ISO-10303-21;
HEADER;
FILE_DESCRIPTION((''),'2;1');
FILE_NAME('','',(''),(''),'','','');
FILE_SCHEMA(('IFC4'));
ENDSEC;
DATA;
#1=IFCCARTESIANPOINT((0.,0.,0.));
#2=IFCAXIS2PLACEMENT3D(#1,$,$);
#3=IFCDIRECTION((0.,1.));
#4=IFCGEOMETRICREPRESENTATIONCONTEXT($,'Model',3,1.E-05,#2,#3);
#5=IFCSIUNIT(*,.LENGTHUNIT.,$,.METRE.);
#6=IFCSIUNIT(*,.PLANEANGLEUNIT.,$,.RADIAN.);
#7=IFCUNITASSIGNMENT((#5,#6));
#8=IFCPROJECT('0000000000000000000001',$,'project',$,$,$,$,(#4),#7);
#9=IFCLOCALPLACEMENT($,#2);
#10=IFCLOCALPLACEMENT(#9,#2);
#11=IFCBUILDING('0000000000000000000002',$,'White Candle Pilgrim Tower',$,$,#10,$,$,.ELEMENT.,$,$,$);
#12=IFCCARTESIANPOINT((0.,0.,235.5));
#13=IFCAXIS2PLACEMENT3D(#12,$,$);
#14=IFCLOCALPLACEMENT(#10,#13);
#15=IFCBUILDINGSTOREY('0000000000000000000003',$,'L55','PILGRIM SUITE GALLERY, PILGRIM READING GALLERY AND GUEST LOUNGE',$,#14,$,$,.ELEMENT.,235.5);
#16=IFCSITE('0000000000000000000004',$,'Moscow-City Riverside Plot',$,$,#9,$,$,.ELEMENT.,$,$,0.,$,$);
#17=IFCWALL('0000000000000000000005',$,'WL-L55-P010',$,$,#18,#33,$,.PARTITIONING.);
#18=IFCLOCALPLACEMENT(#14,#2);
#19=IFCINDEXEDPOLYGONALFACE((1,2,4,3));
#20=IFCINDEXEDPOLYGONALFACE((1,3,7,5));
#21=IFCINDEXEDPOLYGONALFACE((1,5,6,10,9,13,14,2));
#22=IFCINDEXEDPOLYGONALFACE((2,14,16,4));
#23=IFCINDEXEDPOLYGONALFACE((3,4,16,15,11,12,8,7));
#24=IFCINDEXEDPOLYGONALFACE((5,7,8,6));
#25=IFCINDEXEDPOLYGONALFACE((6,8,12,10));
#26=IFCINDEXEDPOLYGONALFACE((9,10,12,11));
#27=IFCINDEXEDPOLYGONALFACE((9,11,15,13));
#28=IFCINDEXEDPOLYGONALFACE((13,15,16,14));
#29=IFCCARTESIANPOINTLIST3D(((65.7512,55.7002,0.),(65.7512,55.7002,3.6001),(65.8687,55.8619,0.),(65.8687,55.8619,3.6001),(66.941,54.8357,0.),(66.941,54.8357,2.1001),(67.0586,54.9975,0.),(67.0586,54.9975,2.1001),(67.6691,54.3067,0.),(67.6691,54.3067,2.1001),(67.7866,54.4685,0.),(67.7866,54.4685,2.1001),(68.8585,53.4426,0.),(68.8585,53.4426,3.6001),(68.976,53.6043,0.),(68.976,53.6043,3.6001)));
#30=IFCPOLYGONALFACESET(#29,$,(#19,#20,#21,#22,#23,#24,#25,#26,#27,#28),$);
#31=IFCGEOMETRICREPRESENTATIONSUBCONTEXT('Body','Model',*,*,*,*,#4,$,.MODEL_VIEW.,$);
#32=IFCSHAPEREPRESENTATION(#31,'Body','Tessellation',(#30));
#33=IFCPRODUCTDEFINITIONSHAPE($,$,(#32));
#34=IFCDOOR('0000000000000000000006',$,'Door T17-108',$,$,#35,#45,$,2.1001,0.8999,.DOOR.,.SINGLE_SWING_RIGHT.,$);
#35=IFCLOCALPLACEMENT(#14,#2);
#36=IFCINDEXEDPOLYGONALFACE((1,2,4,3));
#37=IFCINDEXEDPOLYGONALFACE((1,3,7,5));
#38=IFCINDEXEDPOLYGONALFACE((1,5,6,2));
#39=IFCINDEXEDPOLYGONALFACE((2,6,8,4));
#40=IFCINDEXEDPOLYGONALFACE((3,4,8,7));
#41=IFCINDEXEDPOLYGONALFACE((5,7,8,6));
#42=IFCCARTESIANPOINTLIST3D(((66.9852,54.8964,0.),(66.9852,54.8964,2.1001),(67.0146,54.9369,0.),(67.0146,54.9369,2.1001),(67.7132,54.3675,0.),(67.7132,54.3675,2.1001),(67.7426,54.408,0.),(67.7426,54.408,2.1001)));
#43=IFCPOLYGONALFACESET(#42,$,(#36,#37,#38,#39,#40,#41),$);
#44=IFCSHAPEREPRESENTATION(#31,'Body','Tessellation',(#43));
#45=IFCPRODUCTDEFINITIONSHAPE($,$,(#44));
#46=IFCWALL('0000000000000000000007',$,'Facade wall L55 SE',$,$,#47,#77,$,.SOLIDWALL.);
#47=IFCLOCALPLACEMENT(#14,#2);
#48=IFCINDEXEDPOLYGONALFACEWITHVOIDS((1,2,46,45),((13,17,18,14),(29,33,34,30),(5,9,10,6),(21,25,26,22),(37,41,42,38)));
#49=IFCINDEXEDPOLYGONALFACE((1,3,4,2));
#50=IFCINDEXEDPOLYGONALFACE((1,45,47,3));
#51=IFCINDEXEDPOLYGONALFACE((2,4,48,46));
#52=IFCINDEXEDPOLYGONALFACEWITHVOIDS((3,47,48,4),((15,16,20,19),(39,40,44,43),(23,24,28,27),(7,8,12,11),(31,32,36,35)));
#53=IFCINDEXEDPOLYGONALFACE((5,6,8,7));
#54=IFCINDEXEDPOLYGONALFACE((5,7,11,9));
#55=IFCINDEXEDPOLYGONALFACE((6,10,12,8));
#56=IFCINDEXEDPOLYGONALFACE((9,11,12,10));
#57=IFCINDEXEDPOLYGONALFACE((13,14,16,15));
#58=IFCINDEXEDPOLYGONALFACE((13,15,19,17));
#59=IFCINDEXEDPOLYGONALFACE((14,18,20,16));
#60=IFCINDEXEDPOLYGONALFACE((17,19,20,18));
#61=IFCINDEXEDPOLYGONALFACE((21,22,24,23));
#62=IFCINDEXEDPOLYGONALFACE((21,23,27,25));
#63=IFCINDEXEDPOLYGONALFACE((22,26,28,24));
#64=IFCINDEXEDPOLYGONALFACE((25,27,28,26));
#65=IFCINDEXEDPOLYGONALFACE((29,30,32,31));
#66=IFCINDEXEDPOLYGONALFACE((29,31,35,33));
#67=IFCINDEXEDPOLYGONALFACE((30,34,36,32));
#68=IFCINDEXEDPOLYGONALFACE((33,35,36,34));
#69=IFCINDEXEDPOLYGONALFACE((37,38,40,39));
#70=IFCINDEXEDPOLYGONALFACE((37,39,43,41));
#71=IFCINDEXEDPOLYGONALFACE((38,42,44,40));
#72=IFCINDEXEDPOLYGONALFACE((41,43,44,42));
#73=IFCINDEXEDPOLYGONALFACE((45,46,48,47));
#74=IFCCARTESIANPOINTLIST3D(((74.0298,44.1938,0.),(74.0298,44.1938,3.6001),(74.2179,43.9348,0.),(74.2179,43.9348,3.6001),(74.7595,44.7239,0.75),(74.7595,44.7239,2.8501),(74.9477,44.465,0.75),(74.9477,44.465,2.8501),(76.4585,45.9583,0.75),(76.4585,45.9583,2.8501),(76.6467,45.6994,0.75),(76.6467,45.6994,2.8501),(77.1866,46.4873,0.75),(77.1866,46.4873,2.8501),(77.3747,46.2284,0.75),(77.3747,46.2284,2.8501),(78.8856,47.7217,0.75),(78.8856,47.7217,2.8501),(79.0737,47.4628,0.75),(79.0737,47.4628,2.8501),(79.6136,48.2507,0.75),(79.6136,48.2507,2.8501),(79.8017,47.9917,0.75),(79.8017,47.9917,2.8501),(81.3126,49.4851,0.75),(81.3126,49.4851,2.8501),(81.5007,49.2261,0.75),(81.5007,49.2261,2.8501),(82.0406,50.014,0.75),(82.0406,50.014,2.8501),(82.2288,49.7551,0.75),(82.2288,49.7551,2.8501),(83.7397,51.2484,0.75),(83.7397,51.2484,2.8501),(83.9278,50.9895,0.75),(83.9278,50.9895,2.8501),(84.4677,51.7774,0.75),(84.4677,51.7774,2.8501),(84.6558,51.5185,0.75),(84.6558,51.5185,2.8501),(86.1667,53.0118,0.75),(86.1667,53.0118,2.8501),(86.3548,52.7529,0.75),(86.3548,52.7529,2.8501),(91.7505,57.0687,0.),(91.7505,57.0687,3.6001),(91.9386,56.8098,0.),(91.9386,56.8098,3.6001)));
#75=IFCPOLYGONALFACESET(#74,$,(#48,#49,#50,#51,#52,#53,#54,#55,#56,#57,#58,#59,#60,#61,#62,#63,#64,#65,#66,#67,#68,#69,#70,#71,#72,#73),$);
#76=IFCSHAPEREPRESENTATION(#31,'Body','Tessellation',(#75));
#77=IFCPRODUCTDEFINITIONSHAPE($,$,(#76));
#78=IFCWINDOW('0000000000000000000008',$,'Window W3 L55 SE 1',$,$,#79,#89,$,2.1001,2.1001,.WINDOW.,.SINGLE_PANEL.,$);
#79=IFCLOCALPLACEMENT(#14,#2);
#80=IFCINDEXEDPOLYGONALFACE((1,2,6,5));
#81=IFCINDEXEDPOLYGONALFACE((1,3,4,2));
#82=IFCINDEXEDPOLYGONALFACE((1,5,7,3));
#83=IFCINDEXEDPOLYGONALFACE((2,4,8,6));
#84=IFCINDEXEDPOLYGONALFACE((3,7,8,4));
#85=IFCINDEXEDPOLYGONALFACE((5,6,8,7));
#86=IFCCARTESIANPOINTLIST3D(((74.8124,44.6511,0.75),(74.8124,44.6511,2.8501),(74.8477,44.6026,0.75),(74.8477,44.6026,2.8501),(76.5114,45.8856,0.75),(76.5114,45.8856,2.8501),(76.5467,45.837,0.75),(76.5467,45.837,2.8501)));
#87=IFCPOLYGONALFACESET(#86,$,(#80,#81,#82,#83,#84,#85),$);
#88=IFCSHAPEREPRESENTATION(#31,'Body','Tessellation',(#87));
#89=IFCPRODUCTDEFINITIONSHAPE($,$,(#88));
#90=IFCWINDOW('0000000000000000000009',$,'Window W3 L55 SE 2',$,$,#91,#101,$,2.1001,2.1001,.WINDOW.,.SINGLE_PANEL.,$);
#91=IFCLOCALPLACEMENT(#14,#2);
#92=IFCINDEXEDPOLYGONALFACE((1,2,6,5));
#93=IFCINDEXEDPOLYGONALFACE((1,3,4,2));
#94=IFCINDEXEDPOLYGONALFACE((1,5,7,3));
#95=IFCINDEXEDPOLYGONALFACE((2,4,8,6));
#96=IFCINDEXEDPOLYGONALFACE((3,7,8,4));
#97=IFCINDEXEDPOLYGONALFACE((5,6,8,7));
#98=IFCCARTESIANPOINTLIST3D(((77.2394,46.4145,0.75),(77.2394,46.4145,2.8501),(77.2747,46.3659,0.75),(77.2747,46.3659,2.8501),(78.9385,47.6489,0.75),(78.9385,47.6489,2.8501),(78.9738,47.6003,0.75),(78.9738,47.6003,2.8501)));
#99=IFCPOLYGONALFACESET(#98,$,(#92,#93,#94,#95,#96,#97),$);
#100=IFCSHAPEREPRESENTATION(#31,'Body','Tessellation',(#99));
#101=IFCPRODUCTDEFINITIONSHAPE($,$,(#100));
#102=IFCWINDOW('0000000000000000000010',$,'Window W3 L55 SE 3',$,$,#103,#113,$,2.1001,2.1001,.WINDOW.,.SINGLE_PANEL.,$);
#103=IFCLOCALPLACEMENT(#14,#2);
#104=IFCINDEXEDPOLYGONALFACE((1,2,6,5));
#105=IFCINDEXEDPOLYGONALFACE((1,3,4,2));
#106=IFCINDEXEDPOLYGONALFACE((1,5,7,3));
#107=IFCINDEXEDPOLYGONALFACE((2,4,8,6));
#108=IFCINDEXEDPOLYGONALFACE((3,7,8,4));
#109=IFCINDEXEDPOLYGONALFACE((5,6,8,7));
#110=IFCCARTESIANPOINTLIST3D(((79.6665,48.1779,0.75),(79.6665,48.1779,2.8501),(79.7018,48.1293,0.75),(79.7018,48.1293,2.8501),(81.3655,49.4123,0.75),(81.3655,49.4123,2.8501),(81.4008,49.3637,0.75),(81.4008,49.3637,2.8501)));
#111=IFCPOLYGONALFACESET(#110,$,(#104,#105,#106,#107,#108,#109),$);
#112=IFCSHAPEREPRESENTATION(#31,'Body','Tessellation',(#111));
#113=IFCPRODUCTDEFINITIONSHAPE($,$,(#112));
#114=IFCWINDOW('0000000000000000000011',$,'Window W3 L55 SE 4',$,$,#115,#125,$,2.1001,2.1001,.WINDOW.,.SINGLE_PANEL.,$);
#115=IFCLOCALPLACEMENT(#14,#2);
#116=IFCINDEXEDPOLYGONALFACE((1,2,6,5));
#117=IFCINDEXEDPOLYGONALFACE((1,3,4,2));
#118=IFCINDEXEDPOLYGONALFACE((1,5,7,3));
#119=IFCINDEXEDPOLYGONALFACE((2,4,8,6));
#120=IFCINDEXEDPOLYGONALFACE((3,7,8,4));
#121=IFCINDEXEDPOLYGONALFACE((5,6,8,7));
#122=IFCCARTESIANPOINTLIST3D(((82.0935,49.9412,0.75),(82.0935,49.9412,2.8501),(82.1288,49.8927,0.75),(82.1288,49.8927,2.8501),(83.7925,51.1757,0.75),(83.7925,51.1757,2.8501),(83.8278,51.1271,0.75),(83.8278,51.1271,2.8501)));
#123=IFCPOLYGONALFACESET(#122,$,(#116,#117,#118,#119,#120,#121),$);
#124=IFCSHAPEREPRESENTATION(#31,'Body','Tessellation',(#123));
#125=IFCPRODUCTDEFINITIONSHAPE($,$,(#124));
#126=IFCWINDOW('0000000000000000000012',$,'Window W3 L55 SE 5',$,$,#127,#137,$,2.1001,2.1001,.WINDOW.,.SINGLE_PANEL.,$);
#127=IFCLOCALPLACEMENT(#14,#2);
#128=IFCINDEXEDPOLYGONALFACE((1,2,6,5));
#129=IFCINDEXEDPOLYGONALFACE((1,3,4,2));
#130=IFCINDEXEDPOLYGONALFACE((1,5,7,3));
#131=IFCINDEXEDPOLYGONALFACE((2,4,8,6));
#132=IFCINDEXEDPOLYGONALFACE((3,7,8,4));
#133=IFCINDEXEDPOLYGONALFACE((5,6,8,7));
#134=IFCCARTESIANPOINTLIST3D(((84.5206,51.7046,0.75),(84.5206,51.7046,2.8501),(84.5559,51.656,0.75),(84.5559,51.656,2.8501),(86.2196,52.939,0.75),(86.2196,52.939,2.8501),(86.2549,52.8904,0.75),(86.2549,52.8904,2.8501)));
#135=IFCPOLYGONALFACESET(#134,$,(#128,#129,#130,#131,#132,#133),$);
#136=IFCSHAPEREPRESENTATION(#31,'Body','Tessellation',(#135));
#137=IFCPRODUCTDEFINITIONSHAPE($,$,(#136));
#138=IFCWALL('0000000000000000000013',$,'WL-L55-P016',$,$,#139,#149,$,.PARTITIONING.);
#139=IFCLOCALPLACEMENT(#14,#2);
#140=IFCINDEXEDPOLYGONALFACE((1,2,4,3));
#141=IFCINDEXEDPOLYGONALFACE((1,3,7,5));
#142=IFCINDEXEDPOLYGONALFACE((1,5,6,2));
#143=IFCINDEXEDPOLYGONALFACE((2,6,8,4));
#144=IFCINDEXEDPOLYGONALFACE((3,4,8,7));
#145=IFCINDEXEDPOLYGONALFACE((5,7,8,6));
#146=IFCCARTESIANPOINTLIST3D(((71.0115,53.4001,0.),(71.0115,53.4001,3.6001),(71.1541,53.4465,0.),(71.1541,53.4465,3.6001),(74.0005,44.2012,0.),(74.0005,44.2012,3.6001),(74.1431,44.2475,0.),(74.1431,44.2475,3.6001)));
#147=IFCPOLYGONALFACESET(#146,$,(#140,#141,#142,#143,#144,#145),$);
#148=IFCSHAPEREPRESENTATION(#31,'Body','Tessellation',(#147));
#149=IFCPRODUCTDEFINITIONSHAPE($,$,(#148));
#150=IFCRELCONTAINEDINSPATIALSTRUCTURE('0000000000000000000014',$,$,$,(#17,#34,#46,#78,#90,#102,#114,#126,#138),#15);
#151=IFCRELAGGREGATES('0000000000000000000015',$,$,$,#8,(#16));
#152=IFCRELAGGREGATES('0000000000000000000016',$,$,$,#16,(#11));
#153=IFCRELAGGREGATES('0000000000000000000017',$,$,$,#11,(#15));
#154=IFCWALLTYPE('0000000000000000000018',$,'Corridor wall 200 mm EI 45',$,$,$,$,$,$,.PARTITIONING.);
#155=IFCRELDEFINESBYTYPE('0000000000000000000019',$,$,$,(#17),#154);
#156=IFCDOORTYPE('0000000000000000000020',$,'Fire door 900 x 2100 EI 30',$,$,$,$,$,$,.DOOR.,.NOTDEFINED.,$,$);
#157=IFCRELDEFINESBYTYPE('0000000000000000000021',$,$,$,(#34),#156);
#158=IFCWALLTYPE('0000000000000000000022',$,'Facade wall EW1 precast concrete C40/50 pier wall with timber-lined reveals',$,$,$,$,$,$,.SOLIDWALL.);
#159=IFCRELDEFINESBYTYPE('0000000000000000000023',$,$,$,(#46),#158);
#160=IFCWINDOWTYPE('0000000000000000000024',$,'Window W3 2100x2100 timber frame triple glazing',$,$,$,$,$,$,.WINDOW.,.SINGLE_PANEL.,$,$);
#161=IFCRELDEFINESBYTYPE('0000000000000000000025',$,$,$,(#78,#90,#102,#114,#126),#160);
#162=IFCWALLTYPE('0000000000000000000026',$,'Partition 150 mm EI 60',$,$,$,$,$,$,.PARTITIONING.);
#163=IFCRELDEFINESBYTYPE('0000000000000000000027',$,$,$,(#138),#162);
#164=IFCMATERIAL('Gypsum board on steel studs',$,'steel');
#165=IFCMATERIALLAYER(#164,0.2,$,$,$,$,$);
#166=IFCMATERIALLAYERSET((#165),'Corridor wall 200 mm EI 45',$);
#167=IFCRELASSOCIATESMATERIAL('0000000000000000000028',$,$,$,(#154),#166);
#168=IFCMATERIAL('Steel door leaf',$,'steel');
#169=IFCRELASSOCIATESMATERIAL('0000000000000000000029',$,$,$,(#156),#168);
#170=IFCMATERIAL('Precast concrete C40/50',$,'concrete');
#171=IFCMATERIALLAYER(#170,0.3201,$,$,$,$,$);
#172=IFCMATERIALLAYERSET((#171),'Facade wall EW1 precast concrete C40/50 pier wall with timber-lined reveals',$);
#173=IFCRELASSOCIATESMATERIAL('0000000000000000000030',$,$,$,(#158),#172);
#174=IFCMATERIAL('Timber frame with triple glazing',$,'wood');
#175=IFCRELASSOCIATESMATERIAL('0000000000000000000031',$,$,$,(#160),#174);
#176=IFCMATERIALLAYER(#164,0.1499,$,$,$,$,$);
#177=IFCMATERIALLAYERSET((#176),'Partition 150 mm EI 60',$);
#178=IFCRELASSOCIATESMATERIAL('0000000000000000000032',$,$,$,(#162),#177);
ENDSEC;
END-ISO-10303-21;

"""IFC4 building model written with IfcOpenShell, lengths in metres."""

from ifc_helpers import new_model, si_unit, direction, frame, frame_2d, origin, place, context, subcontext, project, spatial, rectangle, extrude, material, layer, layer_set, type_object, element, fill, save


model = new_model("IFC4")

# Units and contexts
model_context = context("Model", 3, precision=1e-05, world=origin(), true_north=direction((0.0, 1.0)))
body_context = subcontext(model_context, "Body", "Model", "MODEL_VIEW")
ifc_project = project(units=[si_unit("LENGTHUNIT", "METRE"), si_unit("PLANEANGLEUNIT", "RADIAN")], contexts=[model_context])

# Site, building, storey
site_placement = place(None, origin())
site = spatial("IfcSite", under=ifc_project, at=site_placement, Name="Moscow-City Riverside Plot", CompositionType="ELEMENT", RefElevation=0.0)
building_placement = place(site_placement, origin())
building = spatial("IfcBuilding", under=site, at=building_placement, Name="White Candle Pilgrim Tower", CompositionType="ELEMENT")
storey_placement = place(building_placement, frame((0.0, 0.0, 235.5)))
storey = spatial("IfcBuildingStorey", under=building, at=storey_placement, Name="L55", Description="PILGRIM SUITE GALLERY, PILGRIM READING GALLERY AND GUEST LOUNGE", CompositionType="ELEMENT", Elevation=235.5)

# Wall, opening, door
ifc_material_1 = material(Name="Gypsum board on steel studs", Category="steel")
ifc_layer_1 = layer(ifc_material_1, 0.2)
ifc_layer_set_1 = layer_set([ifc_layer_1], Name="Corridor wall 200 mm EI 45")
wall_type_1 = type_object("IfcWallType", Name="Corridor wall 200 mm EI 45", PredefinedType="PARTITIONING", material=ifc_layer_set_1)
ifc_material_2 = material(Name="Steel door leaf", Category="steel")
door_type_1 = type_object("IfcDoorType", Name="Fire door 900 x 2100 EI 30", OperationType="NOTDEFINED", PredefinedType="DOOR", material=ifc_material_2)
wall_1_placement = place(storey_placement, frame((68.9172, 53.5234, 0.0), z_axis=(0.0, 0.0, 1.0), x_axis=(-0.809008, 0.587797, 0.0)))
wall_1 = element("IfcWall", 1, at=wall_1_placement, inside=storey, type_object=wall_type_1, Name="WL-L55-P010", PredefinedType="PARTITIONING", context=body_context, shape_type="SweptSolid", body=[
    extrude(rectangle(XDim=3.8408, YDim=0.2, at=frame_2d((1.9204, 0.0))), origin(), (0.0, 0.0, 1.0), 3.6001),
])
opening_1_placement = place(wall_1_placement, frame((1.4702, 0.0, 0.0)))
opening_1 = element("IfcOpeningElement", 2, at=opening_1_placement, cuts=wall_1, PredefinedType="OPENING", context=body_context, shape_type="SweptSolid", body=[
    extrude(rectangle(XDim=0.8999, YDim=2.1001, at=frame_2d((0.45, 1.05))), frame((0.0, 0.1099, 0.0), z_axis=(0.0, -1.0, 0.0), x_axis=(1.0, 0.0, 0.0)), (0.0, 0.0, 1.0), 0.22),
])
door_1_placement = place(opening_1_placement, origin())
door_1 = element("IfcDoor", 3, at=door_1_placement, inside=storey, type_object=door_type_1, Name="Door T17-108", OperationType="SINGLE_SWING_RIGHT", OverallHeight=2.1001, OverallWidth=0.8999, PredefinedType="DOOR", context=body_context, shape_type="SweptSolid", body=[
    extrude(rectangle(XDim=0.8999, YDim=2.1001, at=frame_2d((0.45, 1.05))), frame((0.0, 0.0249, 0.0), z_axis=(0.0, -1.0, 0.0), x_axis=(1.0, 0.0, 0.0)), (0.0, 0.0, 1.0), 0.05),
])
fill(opening_1, door_1)

# Wall, openings, windows
ifc_material_3 = material(Name="Precast concrete C40/50", Category="concrete")
ifc_layer_2 = layer(ifc_material_3, 0.3201)
ifc_layer_set_2 = layer_set([ifc_layer_2], Name="Facade wall EW1 precast concrete C40/50 pier wall with timber-lined reveals")
wall_type_2 = type_object("IfcWallType", Name="Facade wall EW1 precast concrete C40/50 pier wall with timber-lined reveals", PredefinedType="SOLIDWALL", material=ifc_layer_set_2)
wall_2_placement = place(storey_placement, frame((74.1238, 44.0642, 0.0), z_axis=(0.0, 0.0, 1.0), x_axis=(0.809014, 0.58779, 0.0)))
wall_2 = element("IfcWall", 4, at=wall_2_placement, inside=storey, type_object=wall_type_2, Name="Facade wall L55 SE", PredefinedType="SOLIDWALL", context=body_context, shape_type="SweptSolid", body=[
    extrude(rectangle(XDim=21.9041, YDim=0.3201, at=frame_2d((10.9521, 0.0))), origin(), (0.0, 0.0, 1.0), 3.6001),
])
opening_2_placement = place(wall_2_placement, frame((0.9021, 0.0, 0.75)))
opening_2 = element("IfcOpeningElement", 5, at=opening_2_placement, cuts=wall_2, PredefinedType="OPENING", context=body_context, shape_type="SweptSolid", body=[
    extrude(rectangle(XDim=2.1001, YDim=2.1001, at=frame_2d((1.05, 1.05))), frame((0.0, 0.1699, 0.0), z_axis=(0.0, -1.0, 0.0), x_axis=(1.0, 0.0, 0.0)), (0.0, 0.0, 1.0), 0.3401),
])
opening_3_placement = place(wall_2_placement, frame((3.9021, 0.0, 0.75)))
opening_3 = element("IfcOpeningElement", 6, at=opening_3_placement, cuts=wall_2, PredefinedType="OPENING", context=body_context, shape_type="SweptSolid", body=[
    extrude(rectangle(XDim=2.1001, YDim=2.1001, at=frame_2d((1.05, 1.05))), frame((0.0, 0.1699, 0.0), z_axis=(0.0, -1.0, 0.0), x_axis=(1.0, 0.0, 0.0)), (0.0, 0.0, 1.0), 0.3401),
])
opening_4_placement = place(wall_2_placement, frame((6.9021, 0.0, 0.75)))
opening_4 = element("IfcOpeningElement", 7, at=opening_4_placement, cuts=wall_2, PredefinedType="OPENING", context=body_context, shape_type="SweptSolid", body=[
    extrude(rectangle(XDim=2.1001, YDim=2.1001, at=frame_2d((1.05, 1.05))), frame((0.0, 0.1699, 0.0), z_axis=(0.0, -1.0, 0.0), x_axis=(1.0, 0.0, 0.0)), (0.0, 0.0, 1.0), 0.3401),
])
opening_5_placement = place(wall_2_placement, frame((9.9021, 0.0, 0.75)))
opening_5 = element("IfcOpeningElement", 8, at=opening_5_placement, cuts=wall_2, PredefinedType="OPENING", context=body_context, shape_type="SweptSolid", body=[
    extrude(rectangle(XDim=2.1001, YDim=2.1001, at=frame_2d((1.05, 1.05))), frame((0.0, 0.1699, 0.0), z_axis=(0.0, -1.0, 0.0), x_axis=(1.0, 0.0, 0.0)), (0.0, 0.0, 1.0), 0.3401),
])
opening_6_placement = place(wall_2_placement, frame((12.9021, 0.0, 0.75)))
opening_6 = element("IfcOpeningElement", 9, at=opening_6_placement, cuts=wall_2, PredefinedType="OPENING", context=body_context, shape_type="SweptSolid", body=[
    extrude(rectangle(XDim=2.1001, YDim=2.1001, at=frame_2d((1.05, 1.05))), frame((0.0, 0.1699, 0.0), z_axis=(0.0, -1.0, 0.0), x_axis=(1.0, 0.0, 0.0)), (0.0, 0.0, 1.0), 0.3401),
])
ifc_material_4 = material(Name="Timber frame with triple glazing", Category="wood")
window_type = type_object("IfcWindowType", Name="Window W3 2100x2100 timber frame triple glazing", PartitioningType="SINGLE_PANEL", PredefinedType="WINDOW", material=ifc_material_4)
window_1_placement = place(opening_2_placement, origin())
window_1 = element("IfcWindow", 10, at=window_1_placement, inside=storey, type_object=window_type, Name="Window W3 L55 SE 1", OverallHeight=2.1001, OverallWidth=2.1001, PartitioningType="SINGLE_PANEL", PredefinedType="WINDOW", context=body_context, shape_type="SweptSolid", body=[
    extrude(rectangle(XDim=2.1001, YDim=2.1001, at=frame_2d((1.05, 1.05))), frame((0.0, 0.0701, 0.0), z_axis=(0.0, -1.0, 0.0), x_axis=(1.0, 0.0, 0.0)), (0.0, 0.0, 1.0), 0.0601),
])
fill(opening_2, window_1)
window_2_placement = place(opening_3_placement, origin())
window_2 = element("IfcWindow", 11, at=window_2_placement, inside=storey, type_object=window_type, Name="Window W3 L55 SE 2", OverallHeight=2.1001, OverallWidth=2.1001, PartitioningType="SINGLE_PANEL", PredefinedType="WINDOW", context=body_context, shape_type="SweptSolid", body=[
    extrude(rectangle(XDim=2.1001, YDim=2.1001, at=frame_2d((1.05, 1.05))), frame((0.0, 0.0701, 0.0), z_axis=(0.0, -1.0, 0.0), x_axis=(1.0, 0.0, 0.0)), (0.0, 0.0, 1.0), 0.0601),
])
fill(opening_3, window_2)
window_3_placement = place(opening_4_placement, origin())
window_3 = element("IfcWindow", 12, at=window_3_placement, inside=storey, type_object=window_type, Name="Window W3 L55 SE 3", OverallHeight=2.1001, OverallWidth=2.1001, PartitioningType="SINGLE_PANEL", PredefinedType="WINDOW", context=body_context, shape_type="SweptSolid", body=[
    extrude(rectangle(XDim=2.1001, YDim=2.1001, at=frame_2d((1.05, 1.05))), frame((0.0, 0.0701, 0.0), z_axis=(0.0, -1.0, 0.0), x_axis=(1.0, 0.0, 0.0)), (0.0, 0.0, 1.0), 0.0601),
])
fill(opening_4, window_3)
window_4_placement = place(opening_5_placement, origin())
window_4 = element("IfcWindow", 13, at=window_4_placement, inside=storey, type_object=window_type, Name="Window W3 L55 SE 4", OverallHeight=2.1001, OverallWidth=2.1001, PartitioningType="SINGLE_PANEL", PredefinedType="WINDOW", context=body_context, shape_type="SweptSolid", body=[
    extrude(rectangle(XDim=2.1001, YDim=2.1001, at=frame_2d((1.05, 1.05))), frame((0.0, 0.0701, 0.0), z_axis=(0.0, -1.0, 0.0), x_axis=(1.0, 0.0, 0.0)), (0.0, 0.0, 1.0), 0.0601),
])
fill(opening_5, window_4)
window_5_placement = place(opening_6_placement, origin())
window_5 = element("IfcWindow", 14, at=window_5_placement, inside=storey, type_object=window_type, Name="Window W3 L55 SE 5", OverallHeight=2.1001, OverallWidth=2.1001, PartitioningType="SINGLE_PANEL", PredefinedType="WINDOW", context=body_context, shape_type="SweptSolid", body=[
    extrude(rectangle(XDim=2.1001, YDim=2.1001, at=frame_2d((1.05, 1.05))), frame((0.0, 0.0701, 0.0), z_axis=(0.0, -1.0, 0.0), x_axis=(1.0, 0.0, 0.0)), (0.0, 0.0, 1.0), 0.0601),
])
fill(opening_6, window_5)

# Wall
ifc_layer_3 = layer(ifc_material_1, 0.1499)
ifc_layer_set_3 = layer_set([ifc_layer_3], Name="Partition 150 mm EI 60")
wall_type_3 = type_object("IfcWallType", Name="Partition 150 mm EI 60", PredefinedType="PARTITIONING", material=ifc_layer_set_3)
wall_3_placement = place(storey_placement, frame((74.0718, 44.2244, 0.0), z_axis=(0.0, 0.0, 1.0), x_axis=(-0.309025, 0.951054, 0.0)))
element("IfcWall", 15, at=wall_3_placement, inside=storey, type_object=wall_type_3, Name="WL-L55-P016", PredefinedType="PARTITIONING", context=body_context, shape_type="SweptSolid", body=[
    extrude(rectangle(XDim=9.6724, YDim=0.1499, at=frame_2d((4.8362, 0.0))), origin(), (0.0, 0.0, 1.0), 3.6001),
])

save(model, "model.ifc")
